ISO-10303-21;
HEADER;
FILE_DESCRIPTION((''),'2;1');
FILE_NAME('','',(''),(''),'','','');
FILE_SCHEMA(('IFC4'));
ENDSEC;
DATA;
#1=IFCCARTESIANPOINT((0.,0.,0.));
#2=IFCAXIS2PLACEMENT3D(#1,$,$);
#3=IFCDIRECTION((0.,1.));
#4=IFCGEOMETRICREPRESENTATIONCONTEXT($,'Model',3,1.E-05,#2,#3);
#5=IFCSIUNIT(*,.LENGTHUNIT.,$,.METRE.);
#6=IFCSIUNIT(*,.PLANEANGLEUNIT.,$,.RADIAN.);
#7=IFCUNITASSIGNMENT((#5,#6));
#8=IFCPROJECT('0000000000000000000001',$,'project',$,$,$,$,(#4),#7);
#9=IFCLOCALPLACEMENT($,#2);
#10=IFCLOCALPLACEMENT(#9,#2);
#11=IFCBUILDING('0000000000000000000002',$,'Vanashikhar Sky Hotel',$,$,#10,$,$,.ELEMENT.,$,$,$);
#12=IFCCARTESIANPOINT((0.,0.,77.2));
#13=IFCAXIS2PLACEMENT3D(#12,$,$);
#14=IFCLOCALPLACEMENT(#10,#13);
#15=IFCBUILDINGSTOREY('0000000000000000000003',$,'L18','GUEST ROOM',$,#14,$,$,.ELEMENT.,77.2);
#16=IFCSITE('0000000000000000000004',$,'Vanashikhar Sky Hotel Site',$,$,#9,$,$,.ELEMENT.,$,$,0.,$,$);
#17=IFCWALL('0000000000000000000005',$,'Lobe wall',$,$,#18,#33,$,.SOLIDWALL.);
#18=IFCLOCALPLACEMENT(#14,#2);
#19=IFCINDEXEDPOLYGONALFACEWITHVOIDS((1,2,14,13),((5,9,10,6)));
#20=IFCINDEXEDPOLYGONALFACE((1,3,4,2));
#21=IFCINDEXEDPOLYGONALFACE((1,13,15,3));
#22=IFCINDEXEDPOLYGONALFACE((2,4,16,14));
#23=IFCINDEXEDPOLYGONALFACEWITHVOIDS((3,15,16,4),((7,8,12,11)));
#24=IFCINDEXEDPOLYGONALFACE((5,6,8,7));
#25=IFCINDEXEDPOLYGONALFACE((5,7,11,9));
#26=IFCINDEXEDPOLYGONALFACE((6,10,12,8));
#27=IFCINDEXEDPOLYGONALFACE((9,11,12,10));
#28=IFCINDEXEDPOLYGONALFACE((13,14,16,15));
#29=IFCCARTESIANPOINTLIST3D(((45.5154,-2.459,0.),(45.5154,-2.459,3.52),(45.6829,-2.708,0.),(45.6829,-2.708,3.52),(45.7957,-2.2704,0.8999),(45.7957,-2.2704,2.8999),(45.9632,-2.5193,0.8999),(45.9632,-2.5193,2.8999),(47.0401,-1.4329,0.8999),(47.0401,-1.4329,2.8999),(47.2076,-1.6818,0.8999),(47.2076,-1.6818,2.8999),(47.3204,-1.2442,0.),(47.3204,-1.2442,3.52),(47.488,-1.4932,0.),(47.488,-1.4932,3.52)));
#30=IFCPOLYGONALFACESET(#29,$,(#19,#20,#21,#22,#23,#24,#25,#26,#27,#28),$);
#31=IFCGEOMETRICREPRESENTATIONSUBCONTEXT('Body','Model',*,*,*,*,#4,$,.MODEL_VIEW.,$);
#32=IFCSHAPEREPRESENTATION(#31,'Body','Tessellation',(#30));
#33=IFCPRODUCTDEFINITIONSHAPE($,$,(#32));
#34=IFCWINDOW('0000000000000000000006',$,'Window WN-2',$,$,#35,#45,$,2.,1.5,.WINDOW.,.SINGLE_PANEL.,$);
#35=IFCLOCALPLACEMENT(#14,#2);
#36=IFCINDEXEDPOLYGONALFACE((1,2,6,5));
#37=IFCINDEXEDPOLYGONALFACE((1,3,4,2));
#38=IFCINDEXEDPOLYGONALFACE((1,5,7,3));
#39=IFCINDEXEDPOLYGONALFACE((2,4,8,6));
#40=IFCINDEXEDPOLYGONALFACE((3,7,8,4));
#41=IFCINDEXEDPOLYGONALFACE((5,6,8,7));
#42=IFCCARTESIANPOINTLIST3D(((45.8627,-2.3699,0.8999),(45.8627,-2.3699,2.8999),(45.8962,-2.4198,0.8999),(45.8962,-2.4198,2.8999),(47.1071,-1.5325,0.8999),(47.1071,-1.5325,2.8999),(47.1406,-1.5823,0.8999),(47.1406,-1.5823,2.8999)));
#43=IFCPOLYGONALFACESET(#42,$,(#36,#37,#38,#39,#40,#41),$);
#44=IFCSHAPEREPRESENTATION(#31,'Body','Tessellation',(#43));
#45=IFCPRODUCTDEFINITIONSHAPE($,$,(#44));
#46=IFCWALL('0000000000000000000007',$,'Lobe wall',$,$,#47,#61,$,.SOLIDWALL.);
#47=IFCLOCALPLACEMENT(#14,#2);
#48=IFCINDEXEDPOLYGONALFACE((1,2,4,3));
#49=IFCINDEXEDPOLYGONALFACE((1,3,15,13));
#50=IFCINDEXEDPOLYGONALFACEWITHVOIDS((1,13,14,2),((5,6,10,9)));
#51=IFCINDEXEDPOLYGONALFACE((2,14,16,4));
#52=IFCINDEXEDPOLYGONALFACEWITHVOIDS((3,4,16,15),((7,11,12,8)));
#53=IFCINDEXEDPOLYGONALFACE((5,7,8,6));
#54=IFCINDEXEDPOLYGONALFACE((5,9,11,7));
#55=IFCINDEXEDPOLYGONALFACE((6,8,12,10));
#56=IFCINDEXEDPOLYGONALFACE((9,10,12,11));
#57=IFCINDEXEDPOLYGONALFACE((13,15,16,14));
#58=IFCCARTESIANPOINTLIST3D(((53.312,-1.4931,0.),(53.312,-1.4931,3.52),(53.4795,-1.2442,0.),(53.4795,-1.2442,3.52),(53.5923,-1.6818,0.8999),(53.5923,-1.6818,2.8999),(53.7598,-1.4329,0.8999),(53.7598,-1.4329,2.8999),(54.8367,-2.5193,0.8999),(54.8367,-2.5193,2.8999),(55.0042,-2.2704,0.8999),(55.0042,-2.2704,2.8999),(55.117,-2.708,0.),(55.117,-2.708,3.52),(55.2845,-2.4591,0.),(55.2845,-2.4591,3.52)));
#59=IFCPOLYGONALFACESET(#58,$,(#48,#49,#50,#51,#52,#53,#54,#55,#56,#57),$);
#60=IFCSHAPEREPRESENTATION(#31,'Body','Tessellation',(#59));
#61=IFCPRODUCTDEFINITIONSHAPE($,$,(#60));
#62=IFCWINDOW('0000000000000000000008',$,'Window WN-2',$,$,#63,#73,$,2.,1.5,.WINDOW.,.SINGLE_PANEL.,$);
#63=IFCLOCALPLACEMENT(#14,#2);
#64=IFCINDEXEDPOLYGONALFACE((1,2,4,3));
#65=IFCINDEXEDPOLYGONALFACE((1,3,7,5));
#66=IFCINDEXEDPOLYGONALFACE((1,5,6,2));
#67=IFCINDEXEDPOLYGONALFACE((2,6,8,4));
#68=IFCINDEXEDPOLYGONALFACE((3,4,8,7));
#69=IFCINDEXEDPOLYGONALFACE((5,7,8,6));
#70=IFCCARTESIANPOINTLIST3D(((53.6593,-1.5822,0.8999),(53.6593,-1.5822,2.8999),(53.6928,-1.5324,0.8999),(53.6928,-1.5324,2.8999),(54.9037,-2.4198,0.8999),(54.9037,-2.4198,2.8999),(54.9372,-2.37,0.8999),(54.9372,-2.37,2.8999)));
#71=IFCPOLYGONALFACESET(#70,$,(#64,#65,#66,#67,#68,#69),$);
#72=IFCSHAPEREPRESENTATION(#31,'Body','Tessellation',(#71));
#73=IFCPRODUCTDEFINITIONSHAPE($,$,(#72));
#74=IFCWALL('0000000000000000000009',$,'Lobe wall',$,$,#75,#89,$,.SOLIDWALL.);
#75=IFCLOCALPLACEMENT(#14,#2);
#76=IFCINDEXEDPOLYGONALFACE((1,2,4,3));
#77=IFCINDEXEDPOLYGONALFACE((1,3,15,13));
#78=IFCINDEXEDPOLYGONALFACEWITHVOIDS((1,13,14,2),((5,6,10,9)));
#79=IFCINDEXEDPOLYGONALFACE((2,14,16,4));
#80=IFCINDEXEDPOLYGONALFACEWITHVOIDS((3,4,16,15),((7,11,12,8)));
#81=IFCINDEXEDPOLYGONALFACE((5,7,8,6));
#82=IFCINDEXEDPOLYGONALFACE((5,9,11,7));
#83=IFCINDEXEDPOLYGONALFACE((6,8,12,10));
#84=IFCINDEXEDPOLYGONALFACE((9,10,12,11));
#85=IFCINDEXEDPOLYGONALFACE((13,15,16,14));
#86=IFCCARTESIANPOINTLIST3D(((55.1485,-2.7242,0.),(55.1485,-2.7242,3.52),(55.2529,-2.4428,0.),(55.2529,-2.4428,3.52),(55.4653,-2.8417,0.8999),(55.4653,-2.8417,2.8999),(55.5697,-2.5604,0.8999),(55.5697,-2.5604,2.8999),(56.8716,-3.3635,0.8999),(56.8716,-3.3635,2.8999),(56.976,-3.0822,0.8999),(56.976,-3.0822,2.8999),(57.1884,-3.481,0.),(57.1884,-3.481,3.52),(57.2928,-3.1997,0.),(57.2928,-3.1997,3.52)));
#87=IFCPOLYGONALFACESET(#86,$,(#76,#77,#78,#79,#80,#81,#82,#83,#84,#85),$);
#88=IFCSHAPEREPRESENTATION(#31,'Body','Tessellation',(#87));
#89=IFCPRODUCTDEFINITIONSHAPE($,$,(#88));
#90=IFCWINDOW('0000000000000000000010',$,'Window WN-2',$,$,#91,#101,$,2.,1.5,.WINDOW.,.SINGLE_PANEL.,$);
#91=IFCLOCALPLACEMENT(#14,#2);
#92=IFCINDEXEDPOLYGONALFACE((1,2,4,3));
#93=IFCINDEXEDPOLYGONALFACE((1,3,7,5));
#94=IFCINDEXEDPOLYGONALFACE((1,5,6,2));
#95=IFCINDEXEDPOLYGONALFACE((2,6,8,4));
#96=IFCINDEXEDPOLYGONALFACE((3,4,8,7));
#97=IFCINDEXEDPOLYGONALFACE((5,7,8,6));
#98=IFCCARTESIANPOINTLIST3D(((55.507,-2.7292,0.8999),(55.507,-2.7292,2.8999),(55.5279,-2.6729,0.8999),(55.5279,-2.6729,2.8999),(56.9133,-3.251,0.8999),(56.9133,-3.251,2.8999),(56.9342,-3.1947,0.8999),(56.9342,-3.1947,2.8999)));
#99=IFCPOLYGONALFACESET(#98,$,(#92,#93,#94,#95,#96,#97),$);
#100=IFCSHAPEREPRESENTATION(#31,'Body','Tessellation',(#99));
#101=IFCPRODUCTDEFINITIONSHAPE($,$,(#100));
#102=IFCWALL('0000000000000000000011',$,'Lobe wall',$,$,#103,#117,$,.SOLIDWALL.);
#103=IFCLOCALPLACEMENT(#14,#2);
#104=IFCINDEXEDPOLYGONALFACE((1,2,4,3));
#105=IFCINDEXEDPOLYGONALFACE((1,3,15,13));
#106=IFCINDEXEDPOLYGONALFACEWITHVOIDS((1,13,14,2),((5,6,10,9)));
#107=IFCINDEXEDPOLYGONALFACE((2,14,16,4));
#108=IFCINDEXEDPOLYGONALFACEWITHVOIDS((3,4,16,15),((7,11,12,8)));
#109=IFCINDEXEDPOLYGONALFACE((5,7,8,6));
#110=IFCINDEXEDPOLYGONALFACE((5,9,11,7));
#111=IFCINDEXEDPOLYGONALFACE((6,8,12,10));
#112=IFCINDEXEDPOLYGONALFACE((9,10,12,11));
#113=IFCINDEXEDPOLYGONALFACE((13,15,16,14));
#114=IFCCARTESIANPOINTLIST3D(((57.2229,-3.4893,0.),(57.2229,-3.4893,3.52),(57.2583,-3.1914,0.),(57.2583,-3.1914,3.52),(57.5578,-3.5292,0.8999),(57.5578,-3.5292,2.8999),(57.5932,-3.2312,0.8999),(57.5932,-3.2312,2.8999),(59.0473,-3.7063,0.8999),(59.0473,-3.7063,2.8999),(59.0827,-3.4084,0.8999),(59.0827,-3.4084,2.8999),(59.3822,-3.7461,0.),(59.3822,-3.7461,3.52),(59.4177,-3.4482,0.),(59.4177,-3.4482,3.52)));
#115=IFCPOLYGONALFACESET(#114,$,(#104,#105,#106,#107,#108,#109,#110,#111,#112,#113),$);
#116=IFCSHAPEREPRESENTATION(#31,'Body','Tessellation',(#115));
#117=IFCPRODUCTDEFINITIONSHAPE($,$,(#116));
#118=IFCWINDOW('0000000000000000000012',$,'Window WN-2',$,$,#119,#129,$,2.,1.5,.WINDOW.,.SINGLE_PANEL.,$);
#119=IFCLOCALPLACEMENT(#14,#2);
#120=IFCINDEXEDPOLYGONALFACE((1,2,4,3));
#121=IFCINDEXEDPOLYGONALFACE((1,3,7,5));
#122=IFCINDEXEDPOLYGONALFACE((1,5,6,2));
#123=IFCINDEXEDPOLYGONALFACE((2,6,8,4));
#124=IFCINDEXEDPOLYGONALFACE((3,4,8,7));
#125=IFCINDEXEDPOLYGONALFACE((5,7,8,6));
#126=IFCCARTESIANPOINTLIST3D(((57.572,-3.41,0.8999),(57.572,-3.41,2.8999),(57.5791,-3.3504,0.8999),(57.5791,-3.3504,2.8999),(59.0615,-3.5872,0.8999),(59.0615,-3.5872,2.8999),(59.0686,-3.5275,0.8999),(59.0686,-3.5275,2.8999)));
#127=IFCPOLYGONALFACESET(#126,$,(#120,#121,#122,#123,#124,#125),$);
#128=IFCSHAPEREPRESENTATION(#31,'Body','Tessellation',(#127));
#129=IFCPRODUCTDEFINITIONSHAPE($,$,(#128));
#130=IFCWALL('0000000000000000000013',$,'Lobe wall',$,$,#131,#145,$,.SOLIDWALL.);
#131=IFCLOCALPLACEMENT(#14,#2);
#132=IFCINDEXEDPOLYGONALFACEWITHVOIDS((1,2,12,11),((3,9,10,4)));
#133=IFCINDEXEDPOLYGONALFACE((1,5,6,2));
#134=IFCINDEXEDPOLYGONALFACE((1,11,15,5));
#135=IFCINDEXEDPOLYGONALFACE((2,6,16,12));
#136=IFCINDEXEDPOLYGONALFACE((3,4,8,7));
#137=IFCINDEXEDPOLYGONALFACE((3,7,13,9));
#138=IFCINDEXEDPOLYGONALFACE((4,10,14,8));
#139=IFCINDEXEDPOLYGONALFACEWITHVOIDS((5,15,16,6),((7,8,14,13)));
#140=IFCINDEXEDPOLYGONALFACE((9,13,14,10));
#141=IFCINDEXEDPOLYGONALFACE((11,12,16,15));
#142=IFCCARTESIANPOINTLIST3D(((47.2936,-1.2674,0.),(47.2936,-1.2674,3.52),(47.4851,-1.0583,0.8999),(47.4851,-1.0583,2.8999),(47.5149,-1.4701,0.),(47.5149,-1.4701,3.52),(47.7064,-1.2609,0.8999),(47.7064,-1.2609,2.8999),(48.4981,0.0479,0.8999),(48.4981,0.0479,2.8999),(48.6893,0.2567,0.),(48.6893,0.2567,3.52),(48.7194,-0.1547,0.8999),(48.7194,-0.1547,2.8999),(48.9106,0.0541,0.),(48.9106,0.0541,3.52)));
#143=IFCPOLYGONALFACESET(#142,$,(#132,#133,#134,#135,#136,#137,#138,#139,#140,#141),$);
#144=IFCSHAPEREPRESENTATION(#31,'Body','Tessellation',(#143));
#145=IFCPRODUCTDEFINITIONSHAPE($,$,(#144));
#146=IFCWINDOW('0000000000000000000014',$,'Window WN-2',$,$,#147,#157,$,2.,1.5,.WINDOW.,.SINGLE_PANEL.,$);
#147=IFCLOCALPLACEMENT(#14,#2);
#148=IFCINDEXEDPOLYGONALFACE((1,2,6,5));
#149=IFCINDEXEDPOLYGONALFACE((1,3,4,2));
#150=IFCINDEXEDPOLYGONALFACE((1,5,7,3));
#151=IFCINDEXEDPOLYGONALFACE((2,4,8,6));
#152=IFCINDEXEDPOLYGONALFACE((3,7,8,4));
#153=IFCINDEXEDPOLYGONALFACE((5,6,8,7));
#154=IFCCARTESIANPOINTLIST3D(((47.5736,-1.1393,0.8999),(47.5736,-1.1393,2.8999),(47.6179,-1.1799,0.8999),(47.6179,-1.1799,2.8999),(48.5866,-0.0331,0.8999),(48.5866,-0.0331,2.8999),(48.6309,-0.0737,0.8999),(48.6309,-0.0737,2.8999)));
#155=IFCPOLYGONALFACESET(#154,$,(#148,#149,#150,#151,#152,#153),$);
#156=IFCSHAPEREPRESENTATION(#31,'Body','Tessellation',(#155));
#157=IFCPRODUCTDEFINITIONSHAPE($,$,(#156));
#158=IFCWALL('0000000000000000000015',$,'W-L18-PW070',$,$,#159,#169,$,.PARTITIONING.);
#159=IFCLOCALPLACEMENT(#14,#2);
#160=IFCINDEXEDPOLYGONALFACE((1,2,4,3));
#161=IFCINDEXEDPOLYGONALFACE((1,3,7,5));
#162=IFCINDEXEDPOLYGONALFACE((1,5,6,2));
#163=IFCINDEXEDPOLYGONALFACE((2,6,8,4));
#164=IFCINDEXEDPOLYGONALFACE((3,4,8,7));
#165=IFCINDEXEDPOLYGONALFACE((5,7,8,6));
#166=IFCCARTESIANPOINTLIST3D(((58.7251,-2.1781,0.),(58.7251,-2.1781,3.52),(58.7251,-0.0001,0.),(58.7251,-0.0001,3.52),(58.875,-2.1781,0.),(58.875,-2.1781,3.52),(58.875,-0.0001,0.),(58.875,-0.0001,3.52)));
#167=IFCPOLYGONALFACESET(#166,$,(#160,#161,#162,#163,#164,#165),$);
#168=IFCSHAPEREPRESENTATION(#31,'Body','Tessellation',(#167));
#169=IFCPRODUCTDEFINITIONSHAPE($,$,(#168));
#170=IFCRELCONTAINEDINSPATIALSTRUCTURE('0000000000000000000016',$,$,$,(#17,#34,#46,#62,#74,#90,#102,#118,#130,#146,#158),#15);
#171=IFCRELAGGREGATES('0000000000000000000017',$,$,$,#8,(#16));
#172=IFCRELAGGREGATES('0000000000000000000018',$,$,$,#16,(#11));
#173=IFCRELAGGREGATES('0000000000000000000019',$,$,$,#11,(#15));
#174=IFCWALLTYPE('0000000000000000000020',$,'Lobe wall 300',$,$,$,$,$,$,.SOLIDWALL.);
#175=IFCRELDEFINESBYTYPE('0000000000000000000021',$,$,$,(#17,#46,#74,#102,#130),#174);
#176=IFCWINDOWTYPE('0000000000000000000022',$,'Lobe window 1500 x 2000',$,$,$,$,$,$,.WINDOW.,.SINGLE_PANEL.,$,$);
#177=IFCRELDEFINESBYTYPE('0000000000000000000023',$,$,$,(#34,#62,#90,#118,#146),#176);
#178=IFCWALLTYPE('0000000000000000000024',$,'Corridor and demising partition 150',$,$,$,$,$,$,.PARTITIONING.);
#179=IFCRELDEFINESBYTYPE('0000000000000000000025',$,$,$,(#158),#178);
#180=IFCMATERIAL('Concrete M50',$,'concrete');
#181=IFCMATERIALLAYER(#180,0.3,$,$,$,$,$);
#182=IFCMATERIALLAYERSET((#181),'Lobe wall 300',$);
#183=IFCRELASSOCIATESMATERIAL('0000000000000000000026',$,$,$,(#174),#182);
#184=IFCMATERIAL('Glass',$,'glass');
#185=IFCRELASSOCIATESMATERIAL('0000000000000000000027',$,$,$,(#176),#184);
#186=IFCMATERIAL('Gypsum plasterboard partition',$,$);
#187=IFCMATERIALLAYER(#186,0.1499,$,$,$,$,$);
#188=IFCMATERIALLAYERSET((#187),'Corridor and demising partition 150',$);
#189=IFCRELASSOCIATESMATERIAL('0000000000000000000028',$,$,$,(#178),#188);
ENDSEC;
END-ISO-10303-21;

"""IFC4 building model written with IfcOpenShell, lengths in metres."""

from ifc_helpers import new_model, si_unit, direction, frame, frame_2d, origin, place, context, subcontext, project, spatial, rectangle, extrude, source, transform, mapped, material, layer, layer_set, type_object, element, fill, save


model = new_model("IFC4")

# Units and contexts
model_context = context("Model", 3, precision=1e-05, world=origin(), true_north=direction((0.0, 1.0)))
body_context = subcontext(model_context, "Body", "Model", "MODEL_VIEW")
ifc_project = project(units=[si_unit("LENGTHUNIT", "METRE"), si_unit("PLANEANGLEUNIT", "RADIAN")], contexts=[model_context])

# Site, building, storey
site_placement = place(None, origin())
site = spatial("IfcSite", under=ifc_project, at=site_placement, Name="Vanashikhar Sky Hotel Site", CompositionType="ELEMENT", RefElevation=0.0)
building_placement = place(site_placement, origin())
building = spatial("IfcBuilding", under=site, at=building_placement, Name="Vanashikhar Sky Hotel", CompositionType="ELEMENT")
storey_placement = place(building_placement, frame((0.0, 0.0, 77.2)))
storey = spatial("IfcBuildingStorey", under=building, at=storey_placement, Name="L18", Description="GUEST ROOM", CompositionType="ELEMENT", Elevation=77.2)

# Walls, openings, windows
ifc_material_1 = material(Name="Concrete M50", Category="concrete")
ifc_layer_1 = layer(ifc_material_1, 0.3)
ifc_layer_set_1 = layer_set([ifc_layer_1], Name="Lobe wall 300")
wall_type_1 = type_object("IfcWallType", Name="Lobe wall 300", PredefinedType="SOLIDWALL", material=ifc_layer_set_1)
shared_shape_1 = source(origin(), body_context, "Body", "SweptSolid", [
    extrude(rectangle(XDim=2.1758, YDim=0.3, at=frame_2d((1.0879, 0.0))), origin(), (0.0, 0.0, 1.0), 3.52),
])
wall_1_placement = place(storey_placement, frame((45.5991, -2.5835, 0.0), z_axis=(0.0, 0.0, 1.0), x_axis=(0.829626, 0.55832, 0.0)))
wall_1 = element("IfcWall", 1, at=wall_1_placement, inside=storey, type_object=wall_type_1, Name="Lobe wall", PredefinedType="SOLIDWALL", context=body_context, shape_type="MappedRepresentation", body=[
    mapped(shared_shape_1, transform((0.0, 0.0, 0.0), scale=1.0)),
])
shared_shape_2 = source(origin(), body_context, "Body", "SweptSolid", [
    extrude(rectangle(XDim=1.5, YDim=2.0, at=frame_2d((0.75, 1.0))), frame((0.0, 0.1602, 0.0), z_axis=(0.0, -1.0, 0.0), x_axis=(1.0, 0.0, 0.0)), (0.0, 0.0, 1.0), 0.3201),
])
opening_1_placement = place(wall_1_placement, frame((0.3379, 0.0, 0.8999)))
opening_1 = element("IfcOpeningElement", 2, at=opening_1_placement, cuts=wall_1, PredefinedType="OPENING", context=body_context, shape_type="MappedRepresentation", body=[
    mapped(shared_shape_2, transform((0.0, 0.0, 0.0), scale=1.0)),
])
ifc_material_2 = material(Name="Glass", Category="glass")
window_type = type_object("IfcWindowType", Name="Lobe window 1500 x 2000", PartitioningType="SINGLE_PANEL", PredefinedType="WINDOW", material=ifc_material_2)
shared_shape_3 = source(origin(), body_context, "Body", "SweptSolid", [
    extrude(rectangle(XDim=1.5, YDim=2.0, at=frame_2d((0.75, 1.0))), frame((0.0, 0.03, 0.0), z_axis=(0.0, -1.0, 0.0), x_axis=(1.0, 0.0, 0.0)), (0.0, 0.0, 1.0), 0.0601),
])
window_1_placement = place(opening_1_placement, origin())
window_1 = element("IfcWindow", 3, at=window_1_placement, inside=storey, type_object=window_type, Name="Window WN-2", OverallHeight=2.0, OverallWidth=1.5, PartitioningType="SINGLE_PANEL", PredefinedType="WINDOW", context=body_context, shape_type="MappedRepresentation", body=[
    mapped(shared_shape_3, transform((0.0, 0.0, 0.0), scale=1.0)),
])
fill(opening_1, window_1)
wall_2_placement = place(storey_placement, frame((53.3958, -1.3687, 0.0), z_axis=(0.0, 0.0, 1.0), x_axis=(0.829591, -0.558372, 0.0)))
wall_2 = element("IfcWall", 4, at=wall_2_placement, inside=storey, type_object=wall_type_1, Name="Lobe wall", PredefinedType="SOLIDWALL", context=body_context, shape_type="MappedRepresentation", body=[
    mapped(shared_shape_1, transform((0.0, 0.0, 0.0), scale=1.0)),
])
opening_2_placement = place(wall_2_placement, frame((0.3379, 0.0, 0.8999)))
opening_2 = element("IfcOpeningElement", 5, at=opening_2_placement, cuts=wall_2, PredefinedType="OPENING", context=body_context, shape_type="MappedRepresentation", body=[
    mapped(shared_shape_2, transform((0.0, 0.0, 0.0), scale=1.0)),
])
window_2_placement = place(opening_2_placement, origin())
window_2 = element("IfcWindow", 6, at=window_2_placement, inside=storey, type_object=window_type, Name="Window WN-2", OverallHeight=2.0, OverallWidth=1.5, PartitioningType="SINGLE_PANEL", PredefinedType="WINDOW", context=body_context, shape_type="MappedRepresentation", body=[
    mapped(shared_shape_3, transform((0.0, 0.0, 0.0), scale=1.0)),
])
fill(opening_2, window_2)
wall_3_placement = place(storey_placement, frame((55.2007, -2.5835, 0.0), z_axis=(0.0, 0.0, 1.0), x_axis=(0.937546, -0.347863, 0.0)))
wall_3 = element("IfcWall", 7, at=wall_3_placement, inside=storey, type_object=wall_type_1, Name="Lobe wall", PredefinedType="SOLIDWALL", context=body_context, shape_type="MappedRepresentation", body=[
    mapped(shared_shape_1, transform((0.0, 0.0, 0.0), scale=1.0)),
])
opening_3_placement = place(wall_3_placement, frame((0.3379, 0.0, 0.8999)))
opening_3 = element("IfcOpeningElement", 8, at=opening_3_placement, cuts=wall_3, PredefinedType="OPENING", context=body_context, shape_type="MappedRepresentation", body=[
    mapped(shared_shape_2, transform((0.0, 0.0, 0.0), scale=1.0)),
])
window_3_placement = place(opening_3_placement, origin())
window_3 = element("IfcWindow", 9, at=window_3_placement, inside=storey, type_object=window_type, Name="Window WN-2", OverallHeight=2.0, OverallWidth=1.5, PartitioningType="SINGLE_PANEL", PredefinedType="WINDOW", context=body_context, shape_type="MappedRepresentation", body=[
    mapped(shared_shape_3, transform((0.0, 0.0, 0.0), scale=1.0)),
])
fill(opening_3, window_3)
shared_shape_4 = source(origin(), body_context, "Body", "SweptSolid", [
    extrude(rectangle(XDim=2.1746, YDim=0.3, at=frame_2d((1.0874, 0.0))), origin(), (0.0, 0.0, 1.0), 3.52),
])
wall_4_placement = place(storey_placement, frame((57.2405, -3.3403, 0.0), z_axis=(0.0, 0.0, 1.0), x_axis=(0.993001, -0.118105, 0.0)))
wall_4 = element("IfcWall", 10, at=wall_4_placement, inside=storey, type_object=wall_type_1, Name="Lobe wall", PredefinedType="SOLIDWALL", context=body_context, shape_type="MappedRepresentation", body=[
    mapped(shared_shape_4, transform((0.0, 0.0, 0.0), scale=1.0)),
])
opening_4_placement = place(wall_4_placement, frame((0.3374, 0.0, 0.8999)))
opening_4 = element("IfcOpeningElement", 11, at=opening_4_placement, cuts=wall_4, PredefinedType="OPENING", context=body_context, shape_type="MappedRepresentation", body=[
    mapped(shared_shape_2, transform((0.0, 0.0, 0.0), scale=1.0)),
])
window_4_placement = place(opening_4_placement, origin())
window_4 = element("IfcWindow", 12, at=window_4_placement, inside=storey, type_object=window_type, Name="Window WN-2", OverallHeight=2.0, OverallWidth=1.5, PartitioningType="SINGLE_PANEL", PredefinedType="WINDOW", context=body_context, shape_type="MappedRepresentation", body=[
    mapped(shared_shape_3, transform((0.0, 0.0, 0.0), scale=1.0)),
])
fill(opening_4, window_4)
shared_shape_5 = source(origin(), body_context, "Body", "SweptSolid", [
    extrude(rectangle(XDim=2.0667, YDim=0.3, at=frame_2d((1.0332, 0.0))), origin(), (0.0, 0.0, 1.0), 3.52),
])
wall_5_placement = place(storey_placement, frame((47.4043, -1.3687, 0.0), z_axis=(0.0, 0.0, 1.0), x_axis=(0.675355, 0.737492, 0.0)))
wall_5 = element("IfcWall", 13, at=wall_5_placement, inside=storey, type_object=wall_type_1, Name="Lobe wall", PredefinedType="SOLIDWALL", context=body_context, shape_type="MappedRepresentation", body=[
    mapped(shared_shape_5, transform((0.0, 0.0, 0.0), scale=1.0)),
])
opening_5_placement = place(wall_5_placement, frame((0.2834, 0.0, 0.8999)))
opening_5 = element("IfcOpeningElement", 14, at=opening_5_placement, cuts=wall_5, PredefinedType="OPENING", context=body_context, shape_type="MappedRepresentation", body=[
    mapped(shared_shape_2, transform((0.0, 0.0, 0.0), scale=1.0)),
])
window_5_placement = place(opening_5_placement, origin())
window_5 = element("IfcWindow", 15, at=window_5_placement, inside=storey, type_object=window_type, Name="Window WN-2", OverallHeight=2.0, OverallWidth=1.5, PartitioningType="SINGLE_PANEL", PredefinedType="WINDOW", context=body_context, shape_type="MappedRepresentation", body=[
    mapped(shared_shape_3, transform((0.0, 0.0, 0.0), scale=1.0)),
])
fill(opening_5, window_5)

# Wall
ifc_material_3 = material(Name="Gypsum plasterboard partition")
ifc_layer_2 = layer(ifc_material_3, 0.1499)
ifc_layer_set_2 = layer_set([ifc_layer_2], Name="Corridor and demising partition 150")
wall_type_2 = type_object("IfcWallType", Name="Corridor and demising partition 150", PredefinedType="PARTITIONING", material=ifc_layer_set_2)
shared_shape_6 = source(origin(), body_context, "Body", "SweptSolid", [
    extrude(rectangle(XDim=2.178, YDim=0.1499, at=frame_2d((1.0889, 0.0))), origin(), (0.0, 0.0, 1.0), 3.52),
])
wall_6_placement = place(storey_placement, frame((58.8, -2.178, 0.0), z_axis=(0.0, 0.0, 1.0), x_axis=(0.0, 1.0, 0.0)))
element("IfcWall", 16, at=wall_6_placement, inside=storey, type_object=wall_type_2, Name="W-L18-PW070", PredefinedType="PARTITIONING", context=body_context, shape_type="MappedRepresentation", body=[
    mapped(shared_shape_6, transform((0.0, 0.0, 0.0), scale=1.0)),
])

save(model, "model.ifc")
